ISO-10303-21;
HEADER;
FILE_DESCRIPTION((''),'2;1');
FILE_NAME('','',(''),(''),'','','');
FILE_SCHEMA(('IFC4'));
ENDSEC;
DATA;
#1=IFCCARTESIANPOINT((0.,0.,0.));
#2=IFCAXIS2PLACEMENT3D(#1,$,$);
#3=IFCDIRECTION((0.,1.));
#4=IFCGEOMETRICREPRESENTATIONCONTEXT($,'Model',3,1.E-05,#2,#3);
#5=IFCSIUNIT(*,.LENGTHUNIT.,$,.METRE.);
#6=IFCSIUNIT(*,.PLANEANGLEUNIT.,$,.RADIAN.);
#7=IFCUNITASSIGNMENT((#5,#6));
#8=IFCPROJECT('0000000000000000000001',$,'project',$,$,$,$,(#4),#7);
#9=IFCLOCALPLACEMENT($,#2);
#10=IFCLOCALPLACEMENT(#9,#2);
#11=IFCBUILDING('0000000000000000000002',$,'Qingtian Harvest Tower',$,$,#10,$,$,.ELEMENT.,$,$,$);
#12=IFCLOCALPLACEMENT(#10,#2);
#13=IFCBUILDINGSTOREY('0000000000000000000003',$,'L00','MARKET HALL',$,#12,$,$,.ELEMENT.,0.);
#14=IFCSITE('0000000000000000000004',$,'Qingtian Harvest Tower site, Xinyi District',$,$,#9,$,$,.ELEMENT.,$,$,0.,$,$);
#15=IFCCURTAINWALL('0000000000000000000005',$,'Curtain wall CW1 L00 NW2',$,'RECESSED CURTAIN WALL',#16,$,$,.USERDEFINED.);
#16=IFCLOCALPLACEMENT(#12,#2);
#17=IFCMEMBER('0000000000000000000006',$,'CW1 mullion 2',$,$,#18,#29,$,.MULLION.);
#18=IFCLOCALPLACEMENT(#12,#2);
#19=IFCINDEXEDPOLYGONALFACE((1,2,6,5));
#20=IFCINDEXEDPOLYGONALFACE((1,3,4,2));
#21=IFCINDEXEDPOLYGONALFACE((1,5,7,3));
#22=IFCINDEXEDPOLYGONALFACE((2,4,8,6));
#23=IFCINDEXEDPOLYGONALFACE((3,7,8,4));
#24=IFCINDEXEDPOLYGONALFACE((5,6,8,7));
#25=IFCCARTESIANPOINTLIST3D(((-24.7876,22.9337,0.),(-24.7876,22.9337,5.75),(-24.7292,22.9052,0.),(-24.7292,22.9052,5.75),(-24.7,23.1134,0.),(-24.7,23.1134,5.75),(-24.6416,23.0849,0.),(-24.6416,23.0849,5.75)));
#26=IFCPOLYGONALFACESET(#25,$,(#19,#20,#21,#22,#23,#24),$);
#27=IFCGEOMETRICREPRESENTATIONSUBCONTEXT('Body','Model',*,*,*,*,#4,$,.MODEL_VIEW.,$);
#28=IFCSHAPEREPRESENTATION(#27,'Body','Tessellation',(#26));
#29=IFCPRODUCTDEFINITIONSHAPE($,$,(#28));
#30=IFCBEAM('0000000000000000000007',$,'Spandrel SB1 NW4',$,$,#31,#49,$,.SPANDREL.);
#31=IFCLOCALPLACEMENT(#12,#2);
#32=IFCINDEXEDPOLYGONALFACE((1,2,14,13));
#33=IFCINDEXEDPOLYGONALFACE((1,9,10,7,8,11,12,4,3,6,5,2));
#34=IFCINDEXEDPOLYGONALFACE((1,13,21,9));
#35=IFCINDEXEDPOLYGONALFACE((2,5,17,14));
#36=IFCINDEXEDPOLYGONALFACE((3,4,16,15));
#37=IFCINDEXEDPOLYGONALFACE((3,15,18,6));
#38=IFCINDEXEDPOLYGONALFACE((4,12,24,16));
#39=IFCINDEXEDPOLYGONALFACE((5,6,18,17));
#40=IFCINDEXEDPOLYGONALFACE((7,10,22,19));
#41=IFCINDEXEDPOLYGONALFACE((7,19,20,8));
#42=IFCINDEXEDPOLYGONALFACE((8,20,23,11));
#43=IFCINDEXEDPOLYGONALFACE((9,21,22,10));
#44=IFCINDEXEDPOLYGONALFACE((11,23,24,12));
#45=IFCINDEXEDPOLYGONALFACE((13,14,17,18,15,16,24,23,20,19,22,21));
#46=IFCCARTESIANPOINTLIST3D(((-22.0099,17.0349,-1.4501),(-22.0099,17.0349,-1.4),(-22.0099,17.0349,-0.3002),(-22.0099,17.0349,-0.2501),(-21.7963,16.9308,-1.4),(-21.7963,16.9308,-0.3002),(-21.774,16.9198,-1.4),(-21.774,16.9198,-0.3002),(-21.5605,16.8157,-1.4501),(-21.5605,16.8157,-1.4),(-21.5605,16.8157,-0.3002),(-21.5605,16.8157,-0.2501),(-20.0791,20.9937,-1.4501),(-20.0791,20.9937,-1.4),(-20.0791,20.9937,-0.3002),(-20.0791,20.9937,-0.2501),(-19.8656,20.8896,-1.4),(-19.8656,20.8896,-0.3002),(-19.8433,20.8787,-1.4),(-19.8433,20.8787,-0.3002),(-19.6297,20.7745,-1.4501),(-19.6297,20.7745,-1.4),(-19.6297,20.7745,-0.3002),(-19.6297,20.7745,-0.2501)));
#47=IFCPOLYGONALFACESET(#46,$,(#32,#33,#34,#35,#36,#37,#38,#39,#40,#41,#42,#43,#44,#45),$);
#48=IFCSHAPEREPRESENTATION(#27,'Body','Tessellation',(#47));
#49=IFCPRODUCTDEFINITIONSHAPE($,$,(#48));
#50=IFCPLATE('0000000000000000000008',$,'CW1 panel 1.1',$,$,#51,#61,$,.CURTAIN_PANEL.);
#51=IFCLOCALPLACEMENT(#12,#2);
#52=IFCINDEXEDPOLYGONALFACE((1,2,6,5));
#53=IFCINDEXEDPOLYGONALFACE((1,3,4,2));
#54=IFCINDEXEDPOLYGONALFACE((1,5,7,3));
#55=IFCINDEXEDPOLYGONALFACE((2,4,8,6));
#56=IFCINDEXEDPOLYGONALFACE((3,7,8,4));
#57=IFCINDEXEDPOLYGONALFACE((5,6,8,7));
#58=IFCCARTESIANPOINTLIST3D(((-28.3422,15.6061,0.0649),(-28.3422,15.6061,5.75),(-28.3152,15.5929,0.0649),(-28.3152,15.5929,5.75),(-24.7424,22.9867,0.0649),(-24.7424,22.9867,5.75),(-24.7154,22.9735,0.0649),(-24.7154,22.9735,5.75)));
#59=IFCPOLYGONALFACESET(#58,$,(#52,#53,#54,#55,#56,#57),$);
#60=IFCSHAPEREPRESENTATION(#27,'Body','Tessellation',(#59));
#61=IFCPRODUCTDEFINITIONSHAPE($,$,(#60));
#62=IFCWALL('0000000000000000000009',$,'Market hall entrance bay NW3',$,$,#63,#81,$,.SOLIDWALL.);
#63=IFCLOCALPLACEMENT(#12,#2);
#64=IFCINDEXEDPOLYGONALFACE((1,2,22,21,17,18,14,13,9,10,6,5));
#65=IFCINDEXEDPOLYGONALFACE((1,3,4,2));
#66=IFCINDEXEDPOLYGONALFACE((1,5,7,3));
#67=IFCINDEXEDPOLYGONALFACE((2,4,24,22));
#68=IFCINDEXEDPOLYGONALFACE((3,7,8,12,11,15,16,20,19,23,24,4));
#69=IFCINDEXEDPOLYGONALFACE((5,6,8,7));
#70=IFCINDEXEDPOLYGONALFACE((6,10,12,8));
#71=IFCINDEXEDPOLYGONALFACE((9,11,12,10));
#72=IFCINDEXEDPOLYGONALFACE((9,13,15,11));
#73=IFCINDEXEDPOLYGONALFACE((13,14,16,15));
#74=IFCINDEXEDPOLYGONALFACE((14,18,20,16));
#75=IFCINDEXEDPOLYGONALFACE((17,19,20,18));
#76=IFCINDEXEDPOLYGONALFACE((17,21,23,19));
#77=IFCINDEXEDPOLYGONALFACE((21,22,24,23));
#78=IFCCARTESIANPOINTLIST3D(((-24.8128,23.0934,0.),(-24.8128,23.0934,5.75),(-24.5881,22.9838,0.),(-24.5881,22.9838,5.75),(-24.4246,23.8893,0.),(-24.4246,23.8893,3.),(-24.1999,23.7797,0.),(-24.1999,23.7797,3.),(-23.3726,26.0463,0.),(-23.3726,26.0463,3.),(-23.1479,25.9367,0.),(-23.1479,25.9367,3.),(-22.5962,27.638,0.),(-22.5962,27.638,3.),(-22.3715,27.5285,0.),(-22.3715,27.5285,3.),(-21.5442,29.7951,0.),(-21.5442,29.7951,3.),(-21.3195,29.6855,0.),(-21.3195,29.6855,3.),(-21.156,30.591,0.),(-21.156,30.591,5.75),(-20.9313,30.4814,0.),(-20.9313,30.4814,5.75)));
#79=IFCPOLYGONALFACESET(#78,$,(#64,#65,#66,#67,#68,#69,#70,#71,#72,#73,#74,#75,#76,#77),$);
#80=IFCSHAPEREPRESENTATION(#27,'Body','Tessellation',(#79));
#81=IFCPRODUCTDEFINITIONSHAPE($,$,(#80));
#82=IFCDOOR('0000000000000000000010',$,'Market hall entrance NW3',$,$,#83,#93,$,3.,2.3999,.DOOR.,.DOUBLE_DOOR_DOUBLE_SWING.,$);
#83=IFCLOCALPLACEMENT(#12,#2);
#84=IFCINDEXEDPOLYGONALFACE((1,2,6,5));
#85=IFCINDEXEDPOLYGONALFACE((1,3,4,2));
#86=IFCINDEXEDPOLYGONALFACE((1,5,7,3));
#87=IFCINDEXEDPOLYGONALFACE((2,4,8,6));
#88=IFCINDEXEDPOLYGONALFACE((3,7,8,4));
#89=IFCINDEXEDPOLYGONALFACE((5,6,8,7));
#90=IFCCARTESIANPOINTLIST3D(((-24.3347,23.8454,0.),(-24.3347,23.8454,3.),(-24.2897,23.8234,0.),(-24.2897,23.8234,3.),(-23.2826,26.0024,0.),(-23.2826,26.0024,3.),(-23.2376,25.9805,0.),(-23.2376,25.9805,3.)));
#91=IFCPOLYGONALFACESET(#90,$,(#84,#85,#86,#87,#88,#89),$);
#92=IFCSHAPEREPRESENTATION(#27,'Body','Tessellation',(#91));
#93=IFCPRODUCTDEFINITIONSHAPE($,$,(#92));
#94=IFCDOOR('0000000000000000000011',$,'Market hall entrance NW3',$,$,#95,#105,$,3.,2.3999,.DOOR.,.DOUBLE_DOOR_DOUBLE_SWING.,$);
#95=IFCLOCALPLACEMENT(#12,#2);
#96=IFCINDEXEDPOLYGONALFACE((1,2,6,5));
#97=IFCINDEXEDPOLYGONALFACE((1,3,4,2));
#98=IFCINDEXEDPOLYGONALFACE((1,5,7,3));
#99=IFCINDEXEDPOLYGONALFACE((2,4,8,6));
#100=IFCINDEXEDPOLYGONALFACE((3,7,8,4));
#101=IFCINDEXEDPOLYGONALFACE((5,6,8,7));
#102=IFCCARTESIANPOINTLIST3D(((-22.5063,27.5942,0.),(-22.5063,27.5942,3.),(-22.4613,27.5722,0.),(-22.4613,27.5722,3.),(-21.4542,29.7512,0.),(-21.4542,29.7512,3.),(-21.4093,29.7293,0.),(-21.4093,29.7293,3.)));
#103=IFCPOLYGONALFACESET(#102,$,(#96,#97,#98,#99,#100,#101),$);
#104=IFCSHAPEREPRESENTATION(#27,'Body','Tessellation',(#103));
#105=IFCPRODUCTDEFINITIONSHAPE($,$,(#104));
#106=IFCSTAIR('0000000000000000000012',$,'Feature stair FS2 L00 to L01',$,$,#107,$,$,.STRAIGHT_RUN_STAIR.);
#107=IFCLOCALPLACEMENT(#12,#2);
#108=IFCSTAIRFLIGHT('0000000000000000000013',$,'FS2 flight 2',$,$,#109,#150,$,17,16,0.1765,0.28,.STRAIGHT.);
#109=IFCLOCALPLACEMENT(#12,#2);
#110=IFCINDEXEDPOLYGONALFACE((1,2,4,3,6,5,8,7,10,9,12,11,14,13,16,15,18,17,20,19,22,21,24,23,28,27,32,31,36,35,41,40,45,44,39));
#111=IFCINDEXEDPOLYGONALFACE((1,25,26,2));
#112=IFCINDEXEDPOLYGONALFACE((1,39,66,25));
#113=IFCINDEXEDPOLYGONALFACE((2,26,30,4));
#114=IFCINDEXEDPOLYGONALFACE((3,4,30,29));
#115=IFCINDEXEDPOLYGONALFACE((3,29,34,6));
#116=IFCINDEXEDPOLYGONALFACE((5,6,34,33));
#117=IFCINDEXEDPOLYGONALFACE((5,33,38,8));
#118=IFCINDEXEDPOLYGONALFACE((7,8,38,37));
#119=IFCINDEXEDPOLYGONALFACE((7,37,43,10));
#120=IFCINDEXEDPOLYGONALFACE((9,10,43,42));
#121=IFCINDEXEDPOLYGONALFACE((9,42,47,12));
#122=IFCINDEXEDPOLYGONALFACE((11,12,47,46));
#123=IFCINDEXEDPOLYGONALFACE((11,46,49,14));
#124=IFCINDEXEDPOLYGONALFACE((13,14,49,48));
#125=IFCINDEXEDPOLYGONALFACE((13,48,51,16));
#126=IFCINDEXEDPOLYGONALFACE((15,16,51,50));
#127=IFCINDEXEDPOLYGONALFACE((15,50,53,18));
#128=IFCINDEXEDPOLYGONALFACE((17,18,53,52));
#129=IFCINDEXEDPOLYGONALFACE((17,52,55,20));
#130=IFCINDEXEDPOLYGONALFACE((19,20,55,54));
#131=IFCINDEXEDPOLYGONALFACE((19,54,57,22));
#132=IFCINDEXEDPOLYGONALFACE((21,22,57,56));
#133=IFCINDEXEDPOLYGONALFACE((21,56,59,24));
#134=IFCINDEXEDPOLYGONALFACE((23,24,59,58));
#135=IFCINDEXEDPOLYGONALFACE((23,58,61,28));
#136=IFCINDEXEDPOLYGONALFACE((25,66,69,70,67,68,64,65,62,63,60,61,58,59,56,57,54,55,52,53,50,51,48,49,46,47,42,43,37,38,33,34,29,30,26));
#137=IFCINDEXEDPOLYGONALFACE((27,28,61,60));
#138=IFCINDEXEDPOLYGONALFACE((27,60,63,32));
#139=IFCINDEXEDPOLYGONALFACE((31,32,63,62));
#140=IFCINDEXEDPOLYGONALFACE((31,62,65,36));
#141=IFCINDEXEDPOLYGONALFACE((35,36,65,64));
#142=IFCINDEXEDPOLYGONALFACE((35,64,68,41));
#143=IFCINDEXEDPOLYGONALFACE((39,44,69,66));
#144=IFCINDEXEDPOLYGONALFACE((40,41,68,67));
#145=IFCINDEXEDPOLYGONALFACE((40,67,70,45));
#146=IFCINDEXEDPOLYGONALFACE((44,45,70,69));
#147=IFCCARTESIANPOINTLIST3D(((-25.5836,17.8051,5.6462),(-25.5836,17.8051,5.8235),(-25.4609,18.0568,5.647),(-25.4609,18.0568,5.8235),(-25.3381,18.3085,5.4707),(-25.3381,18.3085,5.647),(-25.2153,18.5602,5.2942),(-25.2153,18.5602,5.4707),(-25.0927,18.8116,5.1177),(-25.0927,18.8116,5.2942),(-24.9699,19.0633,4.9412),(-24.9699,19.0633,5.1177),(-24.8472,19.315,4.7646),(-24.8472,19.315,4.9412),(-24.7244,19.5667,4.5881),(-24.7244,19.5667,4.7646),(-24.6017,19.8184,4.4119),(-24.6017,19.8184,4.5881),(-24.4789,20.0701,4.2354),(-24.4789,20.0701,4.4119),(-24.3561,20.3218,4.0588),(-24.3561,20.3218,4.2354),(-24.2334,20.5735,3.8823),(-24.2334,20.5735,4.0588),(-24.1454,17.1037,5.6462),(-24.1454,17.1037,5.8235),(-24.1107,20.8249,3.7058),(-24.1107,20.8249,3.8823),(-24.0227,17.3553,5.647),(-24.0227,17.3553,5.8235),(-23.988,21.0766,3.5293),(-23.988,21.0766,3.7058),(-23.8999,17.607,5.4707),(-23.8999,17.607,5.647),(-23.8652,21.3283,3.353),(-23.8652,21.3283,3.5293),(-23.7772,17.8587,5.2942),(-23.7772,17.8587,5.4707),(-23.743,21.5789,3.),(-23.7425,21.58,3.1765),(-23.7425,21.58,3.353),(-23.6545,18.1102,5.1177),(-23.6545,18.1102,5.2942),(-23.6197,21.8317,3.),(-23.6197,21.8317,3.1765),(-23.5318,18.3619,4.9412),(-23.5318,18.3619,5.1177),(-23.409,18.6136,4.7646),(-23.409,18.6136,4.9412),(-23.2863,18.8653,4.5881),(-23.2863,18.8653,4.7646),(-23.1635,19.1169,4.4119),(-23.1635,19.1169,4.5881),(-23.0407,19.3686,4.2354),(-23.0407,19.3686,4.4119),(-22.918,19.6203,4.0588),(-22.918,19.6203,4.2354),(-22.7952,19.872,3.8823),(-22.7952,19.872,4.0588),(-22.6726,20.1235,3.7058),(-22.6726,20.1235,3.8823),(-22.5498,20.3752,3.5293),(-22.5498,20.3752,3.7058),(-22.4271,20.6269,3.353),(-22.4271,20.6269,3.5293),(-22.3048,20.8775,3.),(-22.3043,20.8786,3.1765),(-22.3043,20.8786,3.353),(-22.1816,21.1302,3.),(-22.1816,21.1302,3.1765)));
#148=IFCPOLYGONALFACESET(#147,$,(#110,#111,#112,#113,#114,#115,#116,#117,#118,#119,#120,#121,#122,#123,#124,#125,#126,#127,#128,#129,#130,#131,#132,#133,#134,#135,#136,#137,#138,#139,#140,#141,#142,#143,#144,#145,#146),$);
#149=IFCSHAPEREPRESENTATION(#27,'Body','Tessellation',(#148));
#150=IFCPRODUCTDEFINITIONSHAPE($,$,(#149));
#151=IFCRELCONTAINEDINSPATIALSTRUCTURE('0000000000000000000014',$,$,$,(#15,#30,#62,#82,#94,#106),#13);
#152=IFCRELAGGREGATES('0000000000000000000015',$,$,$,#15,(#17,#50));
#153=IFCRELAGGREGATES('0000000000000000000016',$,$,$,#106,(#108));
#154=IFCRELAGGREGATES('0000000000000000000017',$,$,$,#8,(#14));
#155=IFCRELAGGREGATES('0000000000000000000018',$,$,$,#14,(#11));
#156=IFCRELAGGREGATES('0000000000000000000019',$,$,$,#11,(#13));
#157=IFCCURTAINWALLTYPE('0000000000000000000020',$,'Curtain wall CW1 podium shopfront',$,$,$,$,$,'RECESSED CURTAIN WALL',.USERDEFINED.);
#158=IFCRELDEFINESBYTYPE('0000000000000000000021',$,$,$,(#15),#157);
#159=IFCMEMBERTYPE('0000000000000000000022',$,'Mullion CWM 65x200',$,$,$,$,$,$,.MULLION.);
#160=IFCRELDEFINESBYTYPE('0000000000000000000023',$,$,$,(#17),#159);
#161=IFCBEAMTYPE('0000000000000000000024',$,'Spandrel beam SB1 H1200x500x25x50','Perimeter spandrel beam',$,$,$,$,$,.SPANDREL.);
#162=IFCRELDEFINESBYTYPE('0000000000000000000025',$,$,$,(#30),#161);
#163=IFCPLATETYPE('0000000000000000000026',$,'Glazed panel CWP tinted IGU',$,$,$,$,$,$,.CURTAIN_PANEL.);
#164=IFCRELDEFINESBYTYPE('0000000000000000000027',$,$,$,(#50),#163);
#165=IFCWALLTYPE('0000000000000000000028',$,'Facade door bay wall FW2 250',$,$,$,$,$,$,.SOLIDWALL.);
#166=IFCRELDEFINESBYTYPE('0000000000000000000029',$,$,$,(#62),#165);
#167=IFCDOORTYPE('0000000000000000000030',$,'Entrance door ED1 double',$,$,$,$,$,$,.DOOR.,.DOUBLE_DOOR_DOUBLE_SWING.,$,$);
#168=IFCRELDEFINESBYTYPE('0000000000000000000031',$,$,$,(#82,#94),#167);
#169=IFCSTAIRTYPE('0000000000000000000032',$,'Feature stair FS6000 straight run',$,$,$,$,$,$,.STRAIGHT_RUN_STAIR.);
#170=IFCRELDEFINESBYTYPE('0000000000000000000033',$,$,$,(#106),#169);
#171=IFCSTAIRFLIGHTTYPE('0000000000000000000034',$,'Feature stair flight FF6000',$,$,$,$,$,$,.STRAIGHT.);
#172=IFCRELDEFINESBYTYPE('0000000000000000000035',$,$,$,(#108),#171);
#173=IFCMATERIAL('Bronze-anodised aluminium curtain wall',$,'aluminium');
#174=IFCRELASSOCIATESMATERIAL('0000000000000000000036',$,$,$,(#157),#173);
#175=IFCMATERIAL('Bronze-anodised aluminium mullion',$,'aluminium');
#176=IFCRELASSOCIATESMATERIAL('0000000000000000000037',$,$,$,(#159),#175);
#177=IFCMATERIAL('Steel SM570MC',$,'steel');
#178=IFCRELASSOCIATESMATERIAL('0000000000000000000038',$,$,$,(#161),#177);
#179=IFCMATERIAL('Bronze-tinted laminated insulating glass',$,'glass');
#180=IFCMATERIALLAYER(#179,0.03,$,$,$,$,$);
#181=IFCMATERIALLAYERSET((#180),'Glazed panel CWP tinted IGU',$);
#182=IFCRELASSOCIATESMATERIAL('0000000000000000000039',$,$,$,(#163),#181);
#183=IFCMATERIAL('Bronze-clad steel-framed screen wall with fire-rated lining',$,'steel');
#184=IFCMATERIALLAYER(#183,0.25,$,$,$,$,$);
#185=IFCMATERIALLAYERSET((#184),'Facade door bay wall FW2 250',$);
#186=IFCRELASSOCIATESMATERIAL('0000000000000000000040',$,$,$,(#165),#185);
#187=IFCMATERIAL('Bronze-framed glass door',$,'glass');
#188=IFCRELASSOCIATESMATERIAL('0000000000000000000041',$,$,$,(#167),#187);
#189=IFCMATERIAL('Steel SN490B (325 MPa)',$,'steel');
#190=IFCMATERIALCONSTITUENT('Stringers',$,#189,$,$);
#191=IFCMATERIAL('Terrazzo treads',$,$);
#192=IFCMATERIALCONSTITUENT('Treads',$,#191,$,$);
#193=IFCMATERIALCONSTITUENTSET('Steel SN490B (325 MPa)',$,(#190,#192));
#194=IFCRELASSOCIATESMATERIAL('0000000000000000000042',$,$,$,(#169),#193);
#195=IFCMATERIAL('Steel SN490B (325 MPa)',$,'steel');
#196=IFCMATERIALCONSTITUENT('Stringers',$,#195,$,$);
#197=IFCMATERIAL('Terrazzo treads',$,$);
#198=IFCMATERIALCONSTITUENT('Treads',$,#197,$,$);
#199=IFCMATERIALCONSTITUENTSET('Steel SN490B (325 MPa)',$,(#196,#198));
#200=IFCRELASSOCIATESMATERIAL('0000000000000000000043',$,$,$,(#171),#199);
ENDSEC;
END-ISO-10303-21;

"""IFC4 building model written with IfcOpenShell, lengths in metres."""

from ifc_helpers import new_model, si_unit, direction, frame, frame_2d, origin, origin_2d, place, context, subcontext, project, spatial, polyline, rectangle, i_section, outline, extrude, material, layer, layer_set, constituent, constituent_set, material_profile, profile_set, type_object, element, fill, aggregate, save


model = new_model("IFC4")

# Units and contexts
model_context = context("Model", 3, precision=1e-05, world=origin(), true_north=direction((0.0, 1.0)))
body_context = subcontext(model_context, "Body", "Model", "MODEL_VIEW")
ifc_project = project(units=[si_unit("LENGTHUNIT", "METRE"), si_unit("PLANEANGLEUNIT", "RADIAN")], contexts=[model_context])

# Site, building, storey
site_placement = place(None, origin())
site = spatial("IfcSite", under=ifc_project, at=site_placement, Name="Qingtian Harvest Tower site, Xinyi District", CompositionType="ELEMENT", RefElevation=0.0)
building_placement = place(site_placement, origin())
building = spatial("IfcBuilding", under=site, at=building_placement, Name="Qingtian Harvest Tower", CompositionType="ELEMENT")
storey_placement = place(building_placement, origin())
storey = spatial("IfcBuildingStorey", under=building, at=storey_placement, Name="L00", Description="MARKET HALL", CompositionType="ELEMENT", Elevation=0.0)

# Curtain wall, member
ifc_material_1 = material(Name="Bronze-anodised aluminium curtain wall", Category="aluminium")
curtain_wall_type = type_object("IfcCurtainWallType", Name="Curtain wall CW1 podium shopfront", ElementType="RECESSED CURTAIN WALL", PredefinedType="USERDEFINED", material=ifc_material_1)
curtain_wall_placement = place(storey_placement, origin())
curtain_wall = element("IfcCurtainWall", 1, at=curtain_wall_placement, inside=storey, type_object=curtain_wall_type, Name="Curtain wall CW1 L00 NW2", ObjectType="RECESSED CURTAIN WALL", PredefinedType="USERDEFINED")
ifc_material_2 = material(Name="Bronze-anodised aluminium mullion", Category="aluminium")
ifc_material_profile_1 = material_profile(ifc_material_2, rectangle(XDim=0.0649, YDim=0.2, at=origin_2d()), Name="AL 65x200")
ifc_profile_set_1 = profile_set([ifc_material_profile_1], Name="Bronze-anodised aluminium mullion")
member_type_1 = type_object("IfcMemberType", Name="Mullion CWM 65x200", PredefinedType="MULLION", material=ifc_profile_set_1)
member_placement = place(storey_placement, frame((-24.7146, 23.0093, 0.0), z_axis=(0.0, 0.0, 1.0), x_axis=(-0.898794, 0.438371, 0.0)))
member = element("IfcMember", 2, at=member_placement, type_object=member_type_1, Name="CW1 mullion 2", PredefinedType="MULLION", context=body_context, shape_type="SweptSolid", body=[
    extrude(rectangle(XDim=0.0649, YDim=0.2, at=origin_2d()), origin(), (0.0, 0.0, 1.0), 5.75),
])

# Beam
ifc_material_3 = material(Name="Steel SM570MC", Category="steel")
ifc_material_profile_2 = material_profile(ifc_material_3, i_section(OverallWidth=0.5, OverallDepth=1.2, WebThickness=0.0249, FlangeThickness=0.05, at=origin_2d()), Name="H1200x500x25x50")
ifc_profile_set_2 = profile_set([ifc_material_profile_2], Name="Steel SM570MC")
beam_type_1 = type_object("IfcBeamType", Name="Spandrel beam SB1 H1200x500x25x50", Description="Perimeter spandrel beam", PredefinedType="SPANDREL", material=ifc_profile_set_2)
beam_1_placement = place(storey_placement, frame((-21.7852, 16.9253, -0.8501), z_axis=(0.438345, 0.898807, 0.0), x_axis=(-0.898807, 0.438345, 0.0)))
element("IfcBeam", 3, at=beam_1_placement, inside=storey, type_object=beam_type_1, Name="Spandrel SB1 NW4", PredefinedType="SPANDREL", context=body_context, shape_type="SweptSolid", body=[
    extrude(i_section(OverallWidth=0.5, OverallDepth=1.2, WebThickness=0.0249, FlangeThickness=0.05, at=origin_2d()), origin(), (0.0, 0.0, 1.0), 4.4045),
])

# Plate
ifc_material_4 = material(Name="Bronze-tinted laminated insulating glass", Category="glass")
ifc_layer_1 = layer(ifc_material_4, 0.03)
ifc_layer_set_1 = layer_set([ifc_layer_1], Name="Glazed panel CWP tinted IGU")
plate_type = type_object("IfcPlateType", Name="Glazed panel CWP tinted IGU", PredefinedType="CURTAIN_PANEL", material=ifc_layer_set_1)
plate_placement = place(storey_placement, frame((-26.5288, 19.2898, 0.0649), z_axis=(0.0, 0.0, 1.0), x_axis=(0.438371, 0.898794, 0.0)))
plate = element("IfcPlate", 4, at=plate_placement, type_object=plate_type, Name="CW1 panel 1.1", PredefinedType="CURTAIN_PANEL", context=body_context, shape_type="SweptSolid", body=[
    extrude(rectangle(XDim=8.2117, YDim=0.03, at=origin_2d()), origin(), (0.0, 0.0, 1.0), 5.6851),
])
aggregate(curtain_wall, [member, plate])

# Wall, openings, doors
ifc_material_5 = material(Name="Bronze-clad steel-framed screen wall with fire-rated lining", Category="steel")
ifc_layer_2 = layer(ifc_material_5, 0.25)
ifc_layer_set_2 = layer_set([ifc_layer_2], Name="Facade door bay wall FW2 250")
wall_type = type_object("IfcWallType", Name="Facade door bay wall FW2 250", PredefinedType="SOLIDWALL", material=ifc_layer_set_2)
wall_placement = place(storey_placement, frame((-24.7004, 23.0386, 0.0), z_axis=(0.0, 0.0, 1.0), x_axis=(0.438365, 0.898797, 0.0)))
wall = element("IfcWall", 5, at=wall_placement, inside=storey, type_object=wall_type, Name="Market hall entrance bay NW3", PredefinedType="SOLIDWALL", context=body_context, shape_type="SweptSolid", body=[
    extrude(rectangle(XDim=8.3418, YDim=0.25, at=frame_2d((4.1709, 0.0))), origin(), (0.0, 0.0, 1.0), 5.75),
])
opening_1_placement = place(wall_placement, frame((0.8855, 0.0, 0.0)))
opening_1 = element("IfcOpeningElement", 6, at=opening_1_placement, cuts=wall, PredefinedType="OPENING", context=body_context, shape_type="SweptSolid", body=[
    extrude(rectangle(XDim=2.3999, YDim=3.0, at=frame_2d((1.2, 1.5))), frame((0.0, 0.135, 0.0), z_axis=(0.0, -1.0, 0.0), x_axis=(1.0, 0.0, 0.0)), (0.0, 0.0, 1.0), 0.27),
])
opening_2_placement = place(wall_placement, frame((5.0564, 0.0, 0.0)))
opening_2 = element("IfcOpeningElement", 7, at=opening_2_placement, cuts=wall, PredefinedType="OPENING", context=body_context, shape_type="SweptSolid", body=[
    extrude(rectangle(XDim=2.3999, YDim=3.0, at=frame_2d((1.2, 1.5))), frame((0.0, 0.135, 0.0), z_axis=(0.0, -1.0, 0.0), x_axis=(1.0, 0.0, 0.0)), (0.0, 0.0, 1.0), 0.27),
])
ifc_material_6 = material(Name="Bronze-framed glass door", Category="glass")
door_type = type_object("IfcDoorType", Name="Entrance door ED1 double", OperationType="DOUBLE_DOOR_DOUBLE_SWING", PredefinedType="DOOR", material=ifc_material_6)
door_1_placement = place(opening_1_placement, origin())
door_1 = element("IfcDoor", 8, at=door_1_placement, inside=storey, type_object=door_type, Name="Market hall entrance NW3", OperationType="DOUBLE_DOOR_DOUBLE_SWING", OverallHeight=3.0, OverallWidth=2.3999, PredefinedType="DOOR", context=body_context, shape_type="SweptSolid", body=[
    extrude(rectangle(XDim=2.3999, YDim=3.0, at=frame_2d((1.2, 1.5))), frame((0.0, 0.0249, 0.0), z_axis=(0.0, -1.0, 0.0), x_axis=(1.0, 0.0, 0.0)), (0.0, 0.0, 1.0), 0.05),
])
fill(opening_1, door_1)
door_2_placement = place(opening_2_placement, origin())
door_2 = element("IfcDoor", 9, at=door_2_placement, inside=storey, type_object=door_type, Name="Market hall entrance NW3", OperationType="DOUBLE_DOOR_DOUBLE_SWING", OverallHeight=3.0, OverallWidth=2.3999, PredefinedType="DOOR", context=body_context, shape_type="SweptSolid", body=[
    extrude(rectangle(XDim=2.3999, YDim=3.0, at=frame_2d((1.2, 1.5))), frame((0.0, 0.0249, 0.0), z_axis=(0.0, -1.0, 0.0), x_axis=(1.0, 0.0, 0.0)), (0.0, 0.0, 1.0), 0.05),
])
fill(opening_2, door_2)

# Stair, stair flight
ifc_material_7 = material(Name="Steel SN490B (325 MPa)", Category="steel")
ifc_constituent_1 = constituent(ifc_material_7, Name="Stringers")
ifc_material_8 = material(Name="Terrazzo treads")
ifc_constituent_2 = constituent(ifc_material_8, Name="Treads")
ifc_constituent_set_1 = constituent_set(constituents=[ifc_constituent_1, ifc_constituent_2], Name="Steel SN490B (325 MPa)")
stair_type = type_object("IfcStairType", Name="Feature stair FS6000 straight run", PredefinedType="STRAIGHT_RUN_STAIR", material=ifc_constituent_set_1)
stair_placement = place(storey_placement, origin())
stair = element("IfcStair", 10, at=stair_placement, inside=storey, type_object=stair_type, Name="Feature stair FS2 L00 to L01", PredefinedType="STRAIGHT_RUN_STAIR")
ifc_material_9 = material(Name="Steel SN490B (325 MPa)", Category="steel")
ifc_constituent_3 = constituent(ifc_material_9, Name="Stringers")
ifc_material_10 = material(Name="Terrazzo treads")
ifc_constituent_4 = constituent(ifc_material_10, Name="Treads")
ifc_constituent_set_2 = constituent_set(constituents=[ifc_constituent_3, ifc_constituent_4], Name="Steel SN490B (325 MPa)")
stair_flight_type = type_object("IfcStairFlightType", Name="Feature stair flight FF6000", PredefinedType="STRAIGHT", material=ifc_constituent_set_2)
stair_flight_placement = place(storey_placement, frame((-22.9006, 21.481, 3.0), z_axis=(0.0, 0.0, 1.0), x_axis=(-0.438371, -0.898794, 0.0)))
stair_flight = element("IfcStairFlight", 11, at=stair_flight_placement, type_object=stair_flight_type, Name="FS2 flight 2", NumberOfRisers=17, NumberOfTreads=16, PredefinedType="STRAIGHT", RiserHeight=0.1765, TreadLength=0.28, context=body_context, shape_type="SweptSolid", body=[
    extrude(outline(polyline([(0.0, 0.0), (0.0, 0.1765), (0.28, 0.1765), (0.28, 0.353), (0.5601, 0.353), (0.5601, 0.5293), (0.8401, 0.5293), (0.8401, 0.7058), (1.1201, 0.7058), (1.1201, 0.8823), (1.3999, 0.8823), (1.3999, 1.0588), (1.6799, 1.0588), (1.6799, 1.2354), (1.96, 1.2354), (1.96, 1.4119), (2.24, 1.4119), (2.24, 1.5881), (2.52, 1.5881), (2.52, 1.7646), (2.8, 1.7646), (2.8, 1.9412), (3.0801, 1.9412), (3.0801, 2.1177), (3.3601, 2.1177), (3.3601, 2.2942), (3.6399, 2.2942), (3.6399, 2.4707), (3.9199, 2.4707), (3.9199, 2.647), (4.2, 2.647), (4.2, 2.8235), (4.48, 2.8235), (4.48, 3.0), (4.48, 2.6462), (0.2812, 0.0), (0.0, 0.0)])), frame((0.0, 0.8, 0.0), z_axis=(0.0, -1.0, 0.0), x_axis=(1.0, 0.0, 0.0)), (0.0, 0.0, 1.0), 1.6001),
])
aggregate(stair, [stair_flight])

save(model, "model.ifc")
